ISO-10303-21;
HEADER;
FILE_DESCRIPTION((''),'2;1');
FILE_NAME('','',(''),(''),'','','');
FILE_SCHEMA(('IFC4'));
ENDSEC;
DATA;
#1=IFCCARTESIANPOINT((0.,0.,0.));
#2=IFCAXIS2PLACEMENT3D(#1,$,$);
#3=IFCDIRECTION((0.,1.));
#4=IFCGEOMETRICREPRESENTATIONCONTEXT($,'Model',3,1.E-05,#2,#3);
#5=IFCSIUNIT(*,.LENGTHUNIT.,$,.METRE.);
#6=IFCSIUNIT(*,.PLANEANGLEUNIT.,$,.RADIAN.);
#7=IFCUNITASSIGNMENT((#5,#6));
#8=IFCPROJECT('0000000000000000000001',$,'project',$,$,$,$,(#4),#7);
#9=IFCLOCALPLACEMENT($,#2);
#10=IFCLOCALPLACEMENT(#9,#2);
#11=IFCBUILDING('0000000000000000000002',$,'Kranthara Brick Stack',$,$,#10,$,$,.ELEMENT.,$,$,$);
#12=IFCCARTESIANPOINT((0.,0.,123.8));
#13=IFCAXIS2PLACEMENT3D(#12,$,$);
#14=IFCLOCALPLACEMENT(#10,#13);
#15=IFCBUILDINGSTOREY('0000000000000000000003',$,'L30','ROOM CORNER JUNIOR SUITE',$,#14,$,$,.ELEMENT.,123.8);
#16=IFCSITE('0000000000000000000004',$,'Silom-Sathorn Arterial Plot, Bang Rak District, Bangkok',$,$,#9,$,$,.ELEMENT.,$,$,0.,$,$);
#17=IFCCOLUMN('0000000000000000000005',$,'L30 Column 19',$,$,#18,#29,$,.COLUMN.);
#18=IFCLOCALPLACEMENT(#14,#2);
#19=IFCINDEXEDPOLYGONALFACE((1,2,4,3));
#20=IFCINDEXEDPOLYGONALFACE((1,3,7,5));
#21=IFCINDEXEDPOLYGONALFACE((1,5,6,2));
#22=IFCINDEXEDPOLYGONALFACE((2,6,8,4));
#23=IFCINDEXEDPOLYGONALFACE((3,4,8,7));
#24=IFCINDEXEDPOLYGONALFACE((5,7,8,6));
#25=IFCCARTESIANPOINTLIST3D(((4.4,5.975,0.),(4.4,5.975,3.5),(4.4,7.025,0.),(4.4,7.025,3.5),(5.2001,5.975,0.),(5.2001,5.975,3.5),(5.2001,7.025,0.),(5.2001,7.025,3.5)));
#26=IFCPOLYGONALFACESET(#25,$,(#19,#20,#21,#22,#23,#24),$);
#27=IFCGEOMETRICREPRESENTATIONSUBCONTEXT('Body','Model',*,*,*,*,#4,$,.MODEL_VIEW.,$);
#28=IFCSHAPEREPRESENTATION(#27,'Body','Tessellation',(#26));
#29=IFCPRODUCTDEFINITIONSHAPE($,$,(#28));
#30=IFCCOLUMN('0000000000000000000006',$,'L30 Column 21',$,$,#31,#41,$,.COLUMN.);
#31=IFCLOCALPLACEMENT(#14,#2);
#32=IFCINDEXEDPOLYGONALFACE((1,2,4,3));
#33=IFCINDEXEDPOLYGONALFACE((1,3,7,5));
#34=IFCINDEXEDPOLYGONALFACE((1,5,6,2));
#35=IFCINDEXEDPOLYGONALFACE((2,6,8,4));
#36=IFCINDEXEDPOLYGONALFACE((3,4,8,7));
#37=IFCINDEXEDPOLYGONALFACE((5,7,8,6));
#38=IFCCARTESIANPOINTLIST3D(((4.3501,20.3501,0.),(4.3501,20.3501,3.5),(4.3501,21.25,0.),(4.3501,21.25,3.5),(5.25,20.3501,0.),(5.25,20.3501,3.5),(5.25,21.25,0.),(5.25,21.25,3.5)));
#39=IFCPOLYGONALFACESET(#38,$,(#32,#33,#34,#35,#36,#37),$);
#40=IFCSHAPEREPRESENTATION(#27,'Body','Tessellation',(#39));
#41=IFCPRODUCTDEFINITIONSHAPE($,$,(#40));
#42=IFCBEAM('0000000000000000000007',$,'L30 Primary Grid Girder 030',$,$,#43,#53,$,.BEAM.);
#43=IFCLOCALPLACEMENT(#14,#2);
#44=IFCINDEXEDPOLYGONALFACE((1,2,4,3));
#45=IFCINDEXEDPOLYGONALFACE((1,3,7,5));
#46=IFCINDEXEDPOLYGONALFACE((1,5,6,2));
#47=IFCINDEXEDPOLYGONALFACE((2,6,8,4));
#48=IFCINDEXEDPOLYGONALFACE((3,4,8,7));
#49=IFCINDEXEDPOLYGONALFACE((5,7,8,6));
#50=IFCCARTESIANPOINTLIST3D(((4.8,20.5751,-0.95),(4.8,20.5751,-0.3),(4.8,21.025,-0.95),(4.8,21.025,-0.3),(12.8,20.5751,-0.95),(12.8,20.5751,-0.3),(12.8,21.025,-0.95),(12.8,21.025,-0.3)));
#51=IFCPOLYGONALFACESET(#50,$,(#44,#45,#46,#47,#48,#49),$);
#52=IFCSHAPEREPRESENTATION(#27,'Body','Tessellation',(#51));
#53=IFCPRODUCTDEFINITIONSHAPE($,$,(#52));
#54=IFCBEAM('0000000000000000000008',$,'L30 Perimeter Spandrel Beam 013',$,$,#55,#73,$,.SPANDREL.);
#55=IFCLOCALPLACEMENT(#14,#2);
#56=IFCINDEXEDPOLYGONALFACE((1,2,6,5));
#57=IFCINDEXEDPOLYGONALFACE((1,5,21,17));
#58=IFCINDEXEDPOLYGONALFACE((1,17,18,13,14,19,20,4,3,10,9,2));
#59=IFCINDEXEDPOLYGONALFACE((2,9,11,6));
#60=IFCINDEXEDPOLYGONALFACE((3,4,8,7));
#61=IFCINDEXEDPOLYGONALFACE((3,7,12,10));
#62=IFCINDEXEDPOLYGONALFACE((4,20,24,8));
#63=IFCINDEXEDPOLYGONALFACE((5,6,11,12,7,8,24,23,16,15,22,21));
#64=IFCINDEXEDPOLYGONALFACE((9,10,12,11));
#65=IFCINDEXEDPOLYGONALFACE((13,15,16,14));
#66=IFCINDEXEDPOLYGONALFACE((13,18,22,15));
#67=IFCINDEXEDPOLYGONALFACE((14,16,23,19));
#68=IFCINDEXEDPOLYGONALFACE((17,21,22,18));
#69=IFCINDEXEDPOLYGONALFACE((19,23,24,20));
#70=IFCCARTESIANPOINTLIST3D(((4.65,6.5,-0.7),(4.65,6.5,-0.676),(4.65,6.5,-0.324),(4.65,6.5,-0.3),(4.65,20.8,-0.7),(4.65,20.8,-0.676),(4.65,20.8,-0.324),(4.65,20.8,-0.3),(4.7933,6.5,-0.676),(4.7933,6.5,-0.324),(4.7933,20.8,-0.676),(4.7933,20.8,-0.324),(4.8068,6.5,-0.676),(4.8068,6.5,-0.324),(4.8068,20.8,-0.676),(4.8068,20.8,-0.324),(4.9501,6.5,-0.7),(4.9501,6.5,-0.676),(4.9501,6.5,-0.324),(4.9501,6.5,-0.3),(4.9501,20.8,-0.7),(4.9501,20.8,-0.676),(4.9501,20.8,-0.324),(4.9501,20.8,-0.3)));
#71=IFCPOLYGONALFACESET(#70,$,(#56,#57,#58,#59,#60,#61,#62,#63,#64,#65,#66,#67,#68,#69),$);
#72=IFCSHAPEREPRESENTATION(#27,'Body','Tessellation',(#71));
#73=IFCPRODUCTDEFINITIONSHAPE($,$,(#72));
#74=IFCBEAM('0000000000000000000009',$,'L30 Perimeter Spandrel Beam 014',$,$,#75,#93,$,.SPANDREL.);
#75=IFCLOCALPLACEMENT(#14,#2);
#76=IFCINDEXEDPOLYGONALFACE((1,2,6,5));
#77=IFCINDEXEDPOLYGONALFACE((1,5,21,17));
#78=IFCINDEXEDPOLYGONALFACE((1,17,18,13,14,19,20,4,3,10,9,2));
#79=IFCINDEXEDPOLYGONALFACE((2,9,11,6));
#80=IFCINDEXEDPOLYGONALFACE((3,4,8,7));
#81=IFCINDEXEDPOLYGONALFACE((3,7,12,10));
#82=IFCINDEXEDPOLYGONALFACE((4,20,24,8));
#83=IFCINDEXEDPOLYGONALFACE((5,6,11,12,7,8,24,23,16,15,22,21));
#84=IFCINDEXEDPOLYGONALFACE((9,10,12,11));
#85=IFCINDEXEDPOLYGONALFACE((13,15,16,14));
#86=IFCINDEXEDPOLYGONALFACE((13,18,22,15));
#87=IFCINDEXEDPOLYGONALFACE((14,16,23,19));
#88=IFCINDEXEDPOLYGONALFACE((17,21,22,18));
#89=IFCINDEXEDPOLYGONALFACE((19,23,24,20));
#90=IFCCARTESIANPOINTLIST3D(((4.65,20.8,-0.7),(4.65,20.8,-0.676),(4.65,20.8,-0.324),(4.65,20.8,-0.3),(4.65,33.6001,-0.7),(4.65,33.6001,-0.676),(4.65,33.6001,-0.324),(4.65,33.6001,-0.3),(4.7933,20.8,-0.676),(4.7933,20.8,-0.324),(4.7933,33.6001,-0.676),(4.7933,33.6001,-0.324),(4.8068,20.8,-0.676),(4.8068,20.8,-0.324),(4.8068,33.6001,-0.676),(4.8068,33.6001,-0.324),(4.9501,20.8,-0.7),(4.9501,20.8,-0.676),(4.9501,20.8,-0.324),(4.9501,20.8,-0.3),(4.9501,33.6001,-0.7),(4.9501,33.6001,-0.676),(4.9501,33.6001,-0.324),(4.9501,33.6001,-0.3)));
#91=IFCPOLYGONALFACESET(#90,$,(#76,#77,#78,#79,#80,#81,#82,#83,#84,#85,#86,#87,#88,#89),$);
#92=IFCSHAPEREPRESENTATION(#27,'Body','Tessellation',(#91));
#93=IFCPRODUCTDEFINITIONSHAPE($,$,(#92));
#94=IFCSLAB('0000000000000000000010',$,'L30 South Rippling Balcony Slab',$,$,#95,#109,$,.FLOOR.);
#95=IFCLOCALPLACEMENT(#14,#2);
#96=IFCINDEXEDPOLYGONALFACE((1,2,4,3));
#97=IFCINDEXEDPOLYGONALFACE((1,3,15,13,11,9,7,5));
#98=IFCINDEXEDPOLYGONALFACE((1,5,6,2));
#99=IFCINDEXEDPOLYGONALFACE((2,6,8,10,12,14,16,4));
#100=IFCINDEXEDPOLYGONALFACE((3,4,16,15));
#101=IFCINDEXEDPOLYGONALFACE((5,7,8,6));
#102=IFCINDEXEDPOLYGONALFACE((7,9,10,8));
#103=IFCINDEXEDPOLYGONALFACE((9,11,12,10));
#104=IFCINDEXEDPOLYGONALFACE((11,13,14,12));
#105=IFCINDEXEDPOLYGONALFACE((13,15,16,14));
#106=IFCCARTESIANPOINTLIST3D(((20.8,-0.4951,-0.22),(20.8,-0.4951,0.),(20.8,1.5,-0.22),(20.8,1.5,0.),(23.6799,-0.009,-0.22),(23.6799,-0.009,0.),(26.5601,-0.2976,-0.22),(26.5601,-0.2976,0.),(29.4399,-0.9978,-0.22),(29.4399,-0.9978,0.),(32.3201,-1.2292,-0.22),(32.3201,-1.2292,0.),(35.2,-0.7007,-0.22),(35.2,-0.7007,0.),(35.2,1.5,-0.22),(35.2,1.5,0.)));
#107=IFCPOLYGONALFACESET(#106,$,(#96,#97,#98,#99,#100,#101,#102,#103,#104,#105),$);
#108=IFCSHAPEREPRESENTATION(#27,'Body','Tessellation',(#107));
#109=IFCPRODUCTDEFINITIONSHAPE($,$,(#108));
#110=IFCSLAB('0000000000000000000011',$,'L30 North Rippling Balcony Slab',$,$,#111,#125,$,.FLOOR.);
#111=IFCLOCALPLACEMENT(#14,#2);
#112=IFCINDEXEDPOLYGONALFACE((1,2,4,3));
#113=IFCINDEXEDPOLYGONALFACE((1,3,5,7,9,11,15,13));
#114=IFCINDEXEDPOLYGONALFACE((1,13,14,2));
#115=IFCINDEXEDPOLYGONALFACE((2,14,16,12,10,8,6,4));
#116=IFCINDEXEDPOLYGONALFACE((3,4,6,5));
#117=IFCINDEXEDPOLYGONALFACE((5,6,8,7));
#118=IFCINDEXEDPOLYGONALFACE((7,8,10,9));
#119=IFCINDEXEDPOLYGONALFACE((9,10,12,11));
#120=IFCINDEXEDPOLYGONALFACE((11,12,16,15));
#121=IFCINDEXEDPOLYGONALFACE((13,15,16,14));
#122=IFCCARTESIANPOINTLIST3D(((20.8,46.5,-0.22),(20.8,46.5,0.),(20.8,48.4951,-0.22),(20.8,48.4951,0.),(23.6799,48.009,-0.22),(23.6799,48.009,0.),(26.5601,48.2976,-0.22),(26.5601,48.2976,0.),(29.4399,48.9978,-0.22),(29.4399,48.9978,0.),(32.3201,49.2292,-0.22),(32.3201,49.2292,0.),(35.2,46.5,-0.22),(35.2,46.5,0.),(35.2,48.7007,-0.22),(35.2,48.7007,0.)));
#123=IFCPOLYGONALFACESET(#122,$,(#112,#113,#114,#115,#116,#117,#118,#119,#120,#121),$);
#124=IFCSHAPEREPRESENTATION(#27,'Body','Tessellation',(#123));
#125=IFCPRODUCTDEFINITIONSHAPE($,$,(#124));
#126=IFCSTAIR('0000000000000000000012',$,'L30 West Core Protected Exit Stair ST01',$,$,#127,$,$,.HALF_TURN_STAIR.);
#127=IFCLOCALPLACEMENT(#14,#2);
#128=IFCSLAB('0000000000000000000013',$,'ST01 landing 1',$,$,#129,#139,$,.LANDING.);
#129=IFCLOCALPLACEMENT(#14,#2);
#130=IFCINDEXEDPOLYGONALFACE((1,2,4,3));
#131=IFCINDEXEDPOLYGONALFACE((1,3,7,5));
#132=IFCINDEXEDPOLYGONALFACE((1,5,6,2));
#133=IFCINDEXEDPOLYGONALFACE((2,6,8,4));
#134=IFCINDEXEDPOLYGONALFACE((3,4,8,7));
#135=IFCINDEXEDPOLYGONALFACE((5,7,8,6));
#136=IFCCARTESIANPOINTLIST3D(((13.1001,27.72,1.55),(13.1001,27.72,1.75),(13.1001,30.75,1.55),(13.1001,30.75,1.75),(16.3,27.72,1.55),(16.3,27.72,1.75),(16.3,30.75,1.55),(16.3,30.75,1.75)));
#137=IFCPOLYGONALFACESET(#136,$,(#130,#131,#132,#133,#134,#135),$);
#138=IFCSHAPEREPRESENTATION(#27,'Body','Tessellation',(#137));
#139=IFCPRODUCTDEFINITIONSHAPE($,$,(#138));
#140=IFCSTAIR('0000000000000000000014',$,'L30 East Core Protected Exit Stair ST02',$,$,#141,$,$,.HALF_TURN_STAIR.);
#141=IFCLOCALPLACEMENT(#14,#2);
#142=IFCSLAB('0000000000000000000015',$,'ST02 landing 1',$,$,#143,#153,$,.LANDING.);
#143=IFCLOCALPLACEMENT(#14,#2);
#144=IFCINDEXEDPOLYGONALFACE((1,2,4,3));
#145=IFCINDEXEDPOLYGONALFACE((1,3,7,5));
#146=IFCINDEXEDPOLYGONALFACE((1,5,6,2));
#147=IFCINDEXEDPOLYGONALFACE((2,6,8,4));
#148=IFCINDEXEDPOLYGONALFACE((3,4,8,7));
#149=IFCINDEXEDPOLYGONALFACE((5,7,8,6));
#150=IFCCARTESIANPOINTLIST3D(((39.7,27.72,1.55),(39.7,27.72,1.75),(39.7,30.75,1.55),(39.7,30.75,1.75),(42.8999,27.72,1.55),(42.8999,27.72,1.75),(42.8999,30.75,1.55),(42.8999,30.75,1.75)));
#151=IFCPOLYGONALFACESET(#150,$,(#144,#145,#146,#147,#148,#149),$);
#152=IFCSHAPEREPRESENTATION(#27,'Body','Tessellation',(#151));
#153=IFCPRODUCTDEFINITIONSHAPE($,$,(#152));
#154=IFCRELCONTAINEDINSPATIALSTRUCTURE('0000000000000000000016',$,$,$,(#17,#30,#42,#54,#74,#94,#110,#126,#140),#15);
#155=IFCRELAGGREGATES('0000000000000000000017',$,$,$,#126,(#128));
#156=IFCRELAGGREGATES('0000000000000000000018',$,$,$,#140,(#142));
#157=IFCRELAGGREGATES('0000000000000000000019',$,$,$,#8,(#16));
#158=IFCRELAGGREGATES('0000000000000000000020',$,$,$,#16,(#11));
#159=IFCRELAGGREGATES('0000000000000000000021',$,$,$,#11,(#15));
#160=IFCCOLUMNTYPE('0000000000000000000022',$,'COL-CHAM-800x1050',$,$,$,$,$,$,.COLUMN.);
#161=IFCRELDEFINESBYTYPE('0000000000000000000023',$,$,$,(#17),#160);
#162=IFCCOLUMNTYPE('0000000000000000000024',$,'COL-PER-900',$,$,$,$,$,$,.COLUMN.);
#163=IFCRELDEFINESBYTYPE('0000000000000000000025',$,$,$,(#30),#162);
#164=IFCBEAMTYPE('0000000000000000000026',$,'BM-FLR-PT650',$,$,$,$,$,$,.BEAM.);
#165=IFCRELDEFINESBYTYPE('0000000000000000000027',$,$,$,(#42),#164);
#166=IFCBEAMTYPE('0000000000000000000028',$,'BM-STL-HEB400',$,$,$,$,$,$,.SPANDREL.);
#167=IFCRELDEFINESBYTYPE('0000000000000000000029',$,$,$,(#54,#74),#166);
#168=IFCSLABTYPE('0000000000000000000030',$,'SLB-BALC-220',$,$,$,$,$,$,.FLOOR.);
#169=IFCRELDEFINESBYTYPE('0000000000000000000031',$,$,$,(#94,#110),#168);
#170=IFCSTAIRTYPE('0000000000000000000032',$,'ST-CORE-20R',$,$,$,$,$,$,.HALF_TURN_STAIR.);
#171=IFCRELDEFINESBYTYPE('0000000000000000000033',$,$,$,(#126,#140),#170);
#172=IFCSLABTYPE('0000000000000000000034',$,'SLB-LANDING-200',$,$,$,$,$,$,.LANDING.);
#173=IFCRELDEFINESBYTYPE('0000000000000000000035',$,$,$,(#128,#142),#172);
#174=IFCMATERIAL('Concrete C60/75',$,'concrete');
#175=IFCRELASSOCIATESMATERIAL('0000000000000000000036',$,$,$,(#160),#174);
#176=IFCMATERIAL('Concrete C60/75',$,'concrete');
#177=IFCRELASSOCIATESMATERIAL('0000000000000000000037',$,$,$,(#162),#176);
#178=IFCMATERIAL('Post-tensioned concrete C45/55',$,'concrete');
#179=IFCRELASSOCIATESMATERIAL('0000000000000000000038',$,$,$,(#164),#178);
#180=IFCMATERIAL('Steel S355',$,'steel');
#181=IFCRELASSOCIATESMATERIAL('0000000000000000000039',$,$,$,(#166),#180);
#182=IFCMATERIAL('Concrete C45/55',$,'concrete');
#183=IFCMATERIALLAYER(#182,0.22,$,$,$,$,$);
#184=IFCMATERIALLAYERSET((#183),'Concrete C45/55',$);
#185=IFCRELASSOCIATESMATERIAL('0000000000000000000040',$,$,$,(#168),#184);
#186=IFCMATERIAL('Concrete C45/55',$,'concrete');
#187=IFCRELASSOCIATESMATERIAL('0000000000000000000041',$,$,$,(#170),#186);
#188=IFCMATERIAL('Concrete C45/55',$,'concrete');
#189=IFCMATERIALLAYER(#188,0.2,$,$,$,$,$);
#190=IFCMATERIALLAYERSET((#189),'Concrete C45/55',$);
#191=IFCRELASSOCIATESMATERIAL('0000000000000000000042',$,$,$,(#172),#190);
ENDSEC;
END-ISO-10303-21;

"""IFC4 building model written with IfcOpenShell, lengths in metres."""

from ifc_helpers import new_model, si_unit, direction, frame, origin, origin_2d, place, context, subcontext, project, spatial, polyline, rectangle, i_section, outline, extrude, material, layer, layer_set, material_profile, profile_set, type_object, element, aggregate, save


model = new_model("IFC4")

# Units and contexts
model_context = context("Model", 3, precision=1e-05, world=origin(), true_north=direction((0.0, 1.0)))
body_context = subcontext(model_context, "Body", "Model", "MODEL_VIEW")
ifc_project = project(units=[si_unit("LENGTHUNIT", "METRE"), si_unit("PLANEANGLEUNIT", "RADIAN")], contexts=[model_context])

# Site, building, storey
site_placement = place(None, origin())
site = spatial("IfcSite", under=ifc_project, at=site_placement, Name="Silom-Sathorn Arterial Plot, Bang Rak District, Bangkok", CompositionType="ELEMENT", RefElevation=0.0)
building_placement = place(site_placement, origin())
building = spatial("IfcBuilding", under=site, at=building_placement, Name="Kranthara Brick Stack", CompositionType="ELEMENT")
storey_placement = place(building_placement, frame((0.0, 0.0, 123.8)))
storey = spatial("IfcBuildingStorey", under=building, at=storey_placement, Name="L30", Description="ROOM CORNER JUNIOR SUITE", CompositionType="ELEMENT", Elevation=123.8)

# Columns
ifc_material_1 = material(Name="Concrete C60/75", Category="concrete")
ifc_material_profile_1 = material_profile(ifc_material_1, rectangle(XDim=0.8, YDim=1.05, at=origin_2d()), Name="RC 800x1050")
ifc_profile_set_1 = profile_set([ifc_material_profile_1], Name="Concrete C60/75")
column_type_1 = type_object("IfcColumnType", Name="COL-CHAM-800x1050", PredefinedType="COLUMN", material=ifc_profile_set_1)
column_1_placement = place(storey_placement, frame((4.8, 6.5, 0.0), z_axis=(0.0, 0.0, 1.0), x_axis=(1.0, 0.0, 0.0)))
element("IfcColumn", 1, at=column_1_placement, inside=storey, type_object=column_type_1, Name="L30 Column 19", PredefinedType="COLUMN", context=body_context, shape_type="SweptSolid", body=[
    extrude(rectangle(XDim=0.8, YDim=1.05, at=origin_2d()), origin(), (0.0, 0.0, 1.0), 3.5),
])
ifc_material_2 = material(Name="Concrete C60/75", Category="concrete")
ifc_material_profile_2 = material_profile(ifc_material_2, rectangle(XDim=0.8999, YDim=0.8999, at=origin_2d()), Name="RC 900x900")
ifc_profile_set_2 = profile_set([ifc_material_profile_2], Name="Concrete C60/75")
column_type_2 = type_object("IfcColumnType", Name="COL-PER-900", PredefinedType="COLUMN", material=ifc_profile_set_2)
column_2_placement = place(storey_placement, frame((4.8, 20.8, 0.0), z_axis=(0.0, 0.0, 1.0), x_axis=(1.0, 0.0, 0.0)))
element("IfcColumn", 2, at=column_2_placement, inside=storey, type_object=column_type_2, Name="L30 Column 21", PredefinedType="COLUMN", context=body_context, shape_type="SweptSolid", body=[
    extrude(rectangle(XDim=0.8999, YDim=0.8999, at=origin_2d()), origin(), (0.0, 0.0, 1.0), 3.5),
])

# Beams
ifc_material_3 = material(Name="Post-tensioned concrete C45/55", Category="concrete")
ifc_material_profile_3 = material_profile(ifc_material_3, rectangle(XDim=0.45, YDim=0.6499, at=origin_2d()), Name="PT 450x650")
ifc_profile_set_3 = profile_set([ifc_material_profile_3], Name="Post-tensioned concrete C45/55")
beam_type_1 = type_object("IfcBeamType", Name="BM-FLR-PT650", PredefinedType="BEAM", material=ifc_profile_set_3)
beam_1_placement = place(storey_placement, frame((4.8, 20.8, -0.625), z_axis=(1.0, 0.0, 0.0), x_axis=(0.0, 1.0, 0.0)))
element("IfcBeam", 3, at=beam_1_placement, inside=storey, type_object=beam_type_1, Name="L30 Primary Grid Girder 030", PredefinedType="BEAM", context=body_context, shape_type="SweptSolid", body=[
    extrude(rectangle(XDim=0.45, YDim=0.6499, at=origin_2d()), origin(), (0.0, 0.0, 1.0), 8.0),
])
ifc_material_4 = material(Name="Steel S355", Category="steel")
ifc_material_profile_4 = material_profile(ifc_material_4, i_section(OverallWidth=0.3, OverallDepth=0.3999, WebThickness=0.0134, FlangeThickness=0.0239, at=origin_2d()), Name="HEB 400")
ifc_profile_set_4 = profile_set([ifc_material_profile_4], Name="Steel S355")
beam_type_2 = type_object("IfcBeamType", Name="BM-STL-HEB400", PredefinedType="SPANDREL", material=ifc_profile_set_4)
beam_2_placement = place(storey_placement, frame((4.8, 6.5, -0.5), z_axis=(0.0, 1.0, 0.0), x_axis=(-1.0, 0.0, 0.0)))
element("IfcBeam", 4, at=beam_2_placement, inside=storey, type_object=beam_type_2, Name="L30 Perimeter Spandrel Beam 013", PredefinedType="SPANDREL", context=body_context, shape_type="SweptSolid", body=[
    extrude(i_section(OverallWidth=0.3, OverallDepth=0.3999, WebThickness=0.0134, FlangeThickness=0.0239, at=origin_2d()), origin(), (0.0, 0.0, 1.0), 14.3),
])
beam_3_placement = place(storey_placement, frame((4.8, 20.8, -0.5), z_axis=(0.0, 1.0, 0.0), x_axis=(-1.0, 0.0, 0.0)))
element("IfcBeam", 5, at=beam_3_placement, inside=storey, type_object=beam_type_2, Name="L30 Perimeter Spandrel Beam 014", PredefinedType="SPANDREL", context=body_context, shape_type="SweptSolid", body=[
    extrude(i_section(OverallWidth=0.3, OverallDepth=0.3999, WebThickness=0.0134, FlangeThickness=0.0239, at=origin_2d()), origin(), (0.0, 0.0, 1.0), 12.8),
])

# Slabs
ifc_material_5 = material(Name="Concrete C45/55", Category="concrete")
ifc_layer_1 = layer(ifc_material_5, 0.22)
ifc_layer_set_1 = layer_set([ifc_layer_1], Name="Concrete C45/55")
slab_type_1 = type_object("IfcSlabType", Name="SLB-BALC-220", PredefinedType="FLOOR", material=ifc_layer_set_1)
slab_1_placement = place(storey_placement, frame((0.0, 0.0, -0.22)))
element("IfcSlab", 6, at=slab_1_placement, inside=storey, type_object=slab_type_1, Name="L30 South Rippling Balcony Slab", PredefinedType="FLOOR", context=body_context, shape_type="SweptSolid", body=[
    extrude(outline(polyline([(20.8, 1.5), (35.2, 1.5), (35.2, -0.7007), (32.3201, -1.2292), (29.4399, -0.9978), (26.5601, -0.2976), (23.6799, -0.009), (20.8, -0.4951), (20.8, 1.5)])), origin(), (0.0, 0.0, 1.0), 0.22),
])
slab_2_placement = place(storey_placement, frame((0.0, 0.0, -0.22)))
element("IfcSlab", 7, at=slab_2_placement, inside=storey, type_object=slab_type_1, Name="L30 North Rippling Balcony Slab", PredefinedType="FLOOR", context=body_context, shape_type="SweptSolid", body=[
    extrude(outline(polyline([(35.2, 46.5), (20.8, 46.5), (20.8, 48.4951), (23.6799, 48.009), (26.5601, 48.2976), (29.4399, 48.9978), (32.3201, 49.2292), (35.2, 48.7007), (35.2, 46.5)])), origin(), (0.0, 0.0, 1.0), 0.22),
])

# Stairs, slabs
ifc_material_6 = material(Name="Concrete C45/55", Category="concrete")
stair_type = type_object("IfcStairType", Name="ST-CORE-20R", PredefinedType="HALF_TURN_STAIR", material=ifc_material_6)
stair_1_placement = place(storey_placement, origin())
stair_1 = element("IfcStair", 8, at=stair_1_placement, inside=storey, type_object=stair_type, Name="L30 West Core Protected Exit Stair ST01", PredefinedType="HALF_TURN_STAIR")
ifc_material_7 = material(Name="Concrete C45/55", Category="concrete")
ifc_layer_2 = layer(ifc_material_7, 0.2)
ifc_layer_set_2 = layer_set([ifc_layer_2], Name="Concrete C45/55")
slab_type_2 = type_object("IfcSlabType", Name="SLB-LANDING-200", PredefinedType="LANDING", material=ifc_layer_set_2)
slab_3_placement = place(storey_placement, frame((0.0, 0.0, 1.55)))
slab_3 = element("IfcSlab", 9, at=slab_3_placement, type_object=slab_type_2, Name="ST01 landing 1", PredefinedType="LANDING", context=body_context, shape_type="SweptSolid", body=[
    extrude(outline(polyline([(16.3, 27.72), (16.3, 30.75), (13.1001, 30.75), (13.1001, 27.72), (16.3, 27.72)])), origin(), (0.0, 0.0, 1.0), 0.2),
])
aggregate(stair_1, [slab_3])
stair_2_placement = place(storey_placement, origin())
stair_2 = element("IfcStair", 10, at=stair_2_placement, inside=storey, type_object=stair_type, Name="L30 East Core Protected Exit Stair ST02", PredefinedType="HALF_TURN_STAIR")
slab_4_placement = place(storey_placement, frame((0.0, 0.0, 1.55)))
slab_4 = element("IfcSlab", 11, at=slab_4_placement, type_object=slab_type_2, Name="ST02 landing 1", PredefinedType="LANDING", context=body_context, shape_type="SweptSolid", body=[
    extrude(outline(polyline([(42.8999, 27.72), (42.8999, 30.75), (39.7, 30.75), (39.7, 27.72), (42.8999, 27.72)])), origin(), (0.0, 0.0, 1.0), 0.2),
])
aggregate(stair_2, [slab_4])

save(model, "model.ifc")
